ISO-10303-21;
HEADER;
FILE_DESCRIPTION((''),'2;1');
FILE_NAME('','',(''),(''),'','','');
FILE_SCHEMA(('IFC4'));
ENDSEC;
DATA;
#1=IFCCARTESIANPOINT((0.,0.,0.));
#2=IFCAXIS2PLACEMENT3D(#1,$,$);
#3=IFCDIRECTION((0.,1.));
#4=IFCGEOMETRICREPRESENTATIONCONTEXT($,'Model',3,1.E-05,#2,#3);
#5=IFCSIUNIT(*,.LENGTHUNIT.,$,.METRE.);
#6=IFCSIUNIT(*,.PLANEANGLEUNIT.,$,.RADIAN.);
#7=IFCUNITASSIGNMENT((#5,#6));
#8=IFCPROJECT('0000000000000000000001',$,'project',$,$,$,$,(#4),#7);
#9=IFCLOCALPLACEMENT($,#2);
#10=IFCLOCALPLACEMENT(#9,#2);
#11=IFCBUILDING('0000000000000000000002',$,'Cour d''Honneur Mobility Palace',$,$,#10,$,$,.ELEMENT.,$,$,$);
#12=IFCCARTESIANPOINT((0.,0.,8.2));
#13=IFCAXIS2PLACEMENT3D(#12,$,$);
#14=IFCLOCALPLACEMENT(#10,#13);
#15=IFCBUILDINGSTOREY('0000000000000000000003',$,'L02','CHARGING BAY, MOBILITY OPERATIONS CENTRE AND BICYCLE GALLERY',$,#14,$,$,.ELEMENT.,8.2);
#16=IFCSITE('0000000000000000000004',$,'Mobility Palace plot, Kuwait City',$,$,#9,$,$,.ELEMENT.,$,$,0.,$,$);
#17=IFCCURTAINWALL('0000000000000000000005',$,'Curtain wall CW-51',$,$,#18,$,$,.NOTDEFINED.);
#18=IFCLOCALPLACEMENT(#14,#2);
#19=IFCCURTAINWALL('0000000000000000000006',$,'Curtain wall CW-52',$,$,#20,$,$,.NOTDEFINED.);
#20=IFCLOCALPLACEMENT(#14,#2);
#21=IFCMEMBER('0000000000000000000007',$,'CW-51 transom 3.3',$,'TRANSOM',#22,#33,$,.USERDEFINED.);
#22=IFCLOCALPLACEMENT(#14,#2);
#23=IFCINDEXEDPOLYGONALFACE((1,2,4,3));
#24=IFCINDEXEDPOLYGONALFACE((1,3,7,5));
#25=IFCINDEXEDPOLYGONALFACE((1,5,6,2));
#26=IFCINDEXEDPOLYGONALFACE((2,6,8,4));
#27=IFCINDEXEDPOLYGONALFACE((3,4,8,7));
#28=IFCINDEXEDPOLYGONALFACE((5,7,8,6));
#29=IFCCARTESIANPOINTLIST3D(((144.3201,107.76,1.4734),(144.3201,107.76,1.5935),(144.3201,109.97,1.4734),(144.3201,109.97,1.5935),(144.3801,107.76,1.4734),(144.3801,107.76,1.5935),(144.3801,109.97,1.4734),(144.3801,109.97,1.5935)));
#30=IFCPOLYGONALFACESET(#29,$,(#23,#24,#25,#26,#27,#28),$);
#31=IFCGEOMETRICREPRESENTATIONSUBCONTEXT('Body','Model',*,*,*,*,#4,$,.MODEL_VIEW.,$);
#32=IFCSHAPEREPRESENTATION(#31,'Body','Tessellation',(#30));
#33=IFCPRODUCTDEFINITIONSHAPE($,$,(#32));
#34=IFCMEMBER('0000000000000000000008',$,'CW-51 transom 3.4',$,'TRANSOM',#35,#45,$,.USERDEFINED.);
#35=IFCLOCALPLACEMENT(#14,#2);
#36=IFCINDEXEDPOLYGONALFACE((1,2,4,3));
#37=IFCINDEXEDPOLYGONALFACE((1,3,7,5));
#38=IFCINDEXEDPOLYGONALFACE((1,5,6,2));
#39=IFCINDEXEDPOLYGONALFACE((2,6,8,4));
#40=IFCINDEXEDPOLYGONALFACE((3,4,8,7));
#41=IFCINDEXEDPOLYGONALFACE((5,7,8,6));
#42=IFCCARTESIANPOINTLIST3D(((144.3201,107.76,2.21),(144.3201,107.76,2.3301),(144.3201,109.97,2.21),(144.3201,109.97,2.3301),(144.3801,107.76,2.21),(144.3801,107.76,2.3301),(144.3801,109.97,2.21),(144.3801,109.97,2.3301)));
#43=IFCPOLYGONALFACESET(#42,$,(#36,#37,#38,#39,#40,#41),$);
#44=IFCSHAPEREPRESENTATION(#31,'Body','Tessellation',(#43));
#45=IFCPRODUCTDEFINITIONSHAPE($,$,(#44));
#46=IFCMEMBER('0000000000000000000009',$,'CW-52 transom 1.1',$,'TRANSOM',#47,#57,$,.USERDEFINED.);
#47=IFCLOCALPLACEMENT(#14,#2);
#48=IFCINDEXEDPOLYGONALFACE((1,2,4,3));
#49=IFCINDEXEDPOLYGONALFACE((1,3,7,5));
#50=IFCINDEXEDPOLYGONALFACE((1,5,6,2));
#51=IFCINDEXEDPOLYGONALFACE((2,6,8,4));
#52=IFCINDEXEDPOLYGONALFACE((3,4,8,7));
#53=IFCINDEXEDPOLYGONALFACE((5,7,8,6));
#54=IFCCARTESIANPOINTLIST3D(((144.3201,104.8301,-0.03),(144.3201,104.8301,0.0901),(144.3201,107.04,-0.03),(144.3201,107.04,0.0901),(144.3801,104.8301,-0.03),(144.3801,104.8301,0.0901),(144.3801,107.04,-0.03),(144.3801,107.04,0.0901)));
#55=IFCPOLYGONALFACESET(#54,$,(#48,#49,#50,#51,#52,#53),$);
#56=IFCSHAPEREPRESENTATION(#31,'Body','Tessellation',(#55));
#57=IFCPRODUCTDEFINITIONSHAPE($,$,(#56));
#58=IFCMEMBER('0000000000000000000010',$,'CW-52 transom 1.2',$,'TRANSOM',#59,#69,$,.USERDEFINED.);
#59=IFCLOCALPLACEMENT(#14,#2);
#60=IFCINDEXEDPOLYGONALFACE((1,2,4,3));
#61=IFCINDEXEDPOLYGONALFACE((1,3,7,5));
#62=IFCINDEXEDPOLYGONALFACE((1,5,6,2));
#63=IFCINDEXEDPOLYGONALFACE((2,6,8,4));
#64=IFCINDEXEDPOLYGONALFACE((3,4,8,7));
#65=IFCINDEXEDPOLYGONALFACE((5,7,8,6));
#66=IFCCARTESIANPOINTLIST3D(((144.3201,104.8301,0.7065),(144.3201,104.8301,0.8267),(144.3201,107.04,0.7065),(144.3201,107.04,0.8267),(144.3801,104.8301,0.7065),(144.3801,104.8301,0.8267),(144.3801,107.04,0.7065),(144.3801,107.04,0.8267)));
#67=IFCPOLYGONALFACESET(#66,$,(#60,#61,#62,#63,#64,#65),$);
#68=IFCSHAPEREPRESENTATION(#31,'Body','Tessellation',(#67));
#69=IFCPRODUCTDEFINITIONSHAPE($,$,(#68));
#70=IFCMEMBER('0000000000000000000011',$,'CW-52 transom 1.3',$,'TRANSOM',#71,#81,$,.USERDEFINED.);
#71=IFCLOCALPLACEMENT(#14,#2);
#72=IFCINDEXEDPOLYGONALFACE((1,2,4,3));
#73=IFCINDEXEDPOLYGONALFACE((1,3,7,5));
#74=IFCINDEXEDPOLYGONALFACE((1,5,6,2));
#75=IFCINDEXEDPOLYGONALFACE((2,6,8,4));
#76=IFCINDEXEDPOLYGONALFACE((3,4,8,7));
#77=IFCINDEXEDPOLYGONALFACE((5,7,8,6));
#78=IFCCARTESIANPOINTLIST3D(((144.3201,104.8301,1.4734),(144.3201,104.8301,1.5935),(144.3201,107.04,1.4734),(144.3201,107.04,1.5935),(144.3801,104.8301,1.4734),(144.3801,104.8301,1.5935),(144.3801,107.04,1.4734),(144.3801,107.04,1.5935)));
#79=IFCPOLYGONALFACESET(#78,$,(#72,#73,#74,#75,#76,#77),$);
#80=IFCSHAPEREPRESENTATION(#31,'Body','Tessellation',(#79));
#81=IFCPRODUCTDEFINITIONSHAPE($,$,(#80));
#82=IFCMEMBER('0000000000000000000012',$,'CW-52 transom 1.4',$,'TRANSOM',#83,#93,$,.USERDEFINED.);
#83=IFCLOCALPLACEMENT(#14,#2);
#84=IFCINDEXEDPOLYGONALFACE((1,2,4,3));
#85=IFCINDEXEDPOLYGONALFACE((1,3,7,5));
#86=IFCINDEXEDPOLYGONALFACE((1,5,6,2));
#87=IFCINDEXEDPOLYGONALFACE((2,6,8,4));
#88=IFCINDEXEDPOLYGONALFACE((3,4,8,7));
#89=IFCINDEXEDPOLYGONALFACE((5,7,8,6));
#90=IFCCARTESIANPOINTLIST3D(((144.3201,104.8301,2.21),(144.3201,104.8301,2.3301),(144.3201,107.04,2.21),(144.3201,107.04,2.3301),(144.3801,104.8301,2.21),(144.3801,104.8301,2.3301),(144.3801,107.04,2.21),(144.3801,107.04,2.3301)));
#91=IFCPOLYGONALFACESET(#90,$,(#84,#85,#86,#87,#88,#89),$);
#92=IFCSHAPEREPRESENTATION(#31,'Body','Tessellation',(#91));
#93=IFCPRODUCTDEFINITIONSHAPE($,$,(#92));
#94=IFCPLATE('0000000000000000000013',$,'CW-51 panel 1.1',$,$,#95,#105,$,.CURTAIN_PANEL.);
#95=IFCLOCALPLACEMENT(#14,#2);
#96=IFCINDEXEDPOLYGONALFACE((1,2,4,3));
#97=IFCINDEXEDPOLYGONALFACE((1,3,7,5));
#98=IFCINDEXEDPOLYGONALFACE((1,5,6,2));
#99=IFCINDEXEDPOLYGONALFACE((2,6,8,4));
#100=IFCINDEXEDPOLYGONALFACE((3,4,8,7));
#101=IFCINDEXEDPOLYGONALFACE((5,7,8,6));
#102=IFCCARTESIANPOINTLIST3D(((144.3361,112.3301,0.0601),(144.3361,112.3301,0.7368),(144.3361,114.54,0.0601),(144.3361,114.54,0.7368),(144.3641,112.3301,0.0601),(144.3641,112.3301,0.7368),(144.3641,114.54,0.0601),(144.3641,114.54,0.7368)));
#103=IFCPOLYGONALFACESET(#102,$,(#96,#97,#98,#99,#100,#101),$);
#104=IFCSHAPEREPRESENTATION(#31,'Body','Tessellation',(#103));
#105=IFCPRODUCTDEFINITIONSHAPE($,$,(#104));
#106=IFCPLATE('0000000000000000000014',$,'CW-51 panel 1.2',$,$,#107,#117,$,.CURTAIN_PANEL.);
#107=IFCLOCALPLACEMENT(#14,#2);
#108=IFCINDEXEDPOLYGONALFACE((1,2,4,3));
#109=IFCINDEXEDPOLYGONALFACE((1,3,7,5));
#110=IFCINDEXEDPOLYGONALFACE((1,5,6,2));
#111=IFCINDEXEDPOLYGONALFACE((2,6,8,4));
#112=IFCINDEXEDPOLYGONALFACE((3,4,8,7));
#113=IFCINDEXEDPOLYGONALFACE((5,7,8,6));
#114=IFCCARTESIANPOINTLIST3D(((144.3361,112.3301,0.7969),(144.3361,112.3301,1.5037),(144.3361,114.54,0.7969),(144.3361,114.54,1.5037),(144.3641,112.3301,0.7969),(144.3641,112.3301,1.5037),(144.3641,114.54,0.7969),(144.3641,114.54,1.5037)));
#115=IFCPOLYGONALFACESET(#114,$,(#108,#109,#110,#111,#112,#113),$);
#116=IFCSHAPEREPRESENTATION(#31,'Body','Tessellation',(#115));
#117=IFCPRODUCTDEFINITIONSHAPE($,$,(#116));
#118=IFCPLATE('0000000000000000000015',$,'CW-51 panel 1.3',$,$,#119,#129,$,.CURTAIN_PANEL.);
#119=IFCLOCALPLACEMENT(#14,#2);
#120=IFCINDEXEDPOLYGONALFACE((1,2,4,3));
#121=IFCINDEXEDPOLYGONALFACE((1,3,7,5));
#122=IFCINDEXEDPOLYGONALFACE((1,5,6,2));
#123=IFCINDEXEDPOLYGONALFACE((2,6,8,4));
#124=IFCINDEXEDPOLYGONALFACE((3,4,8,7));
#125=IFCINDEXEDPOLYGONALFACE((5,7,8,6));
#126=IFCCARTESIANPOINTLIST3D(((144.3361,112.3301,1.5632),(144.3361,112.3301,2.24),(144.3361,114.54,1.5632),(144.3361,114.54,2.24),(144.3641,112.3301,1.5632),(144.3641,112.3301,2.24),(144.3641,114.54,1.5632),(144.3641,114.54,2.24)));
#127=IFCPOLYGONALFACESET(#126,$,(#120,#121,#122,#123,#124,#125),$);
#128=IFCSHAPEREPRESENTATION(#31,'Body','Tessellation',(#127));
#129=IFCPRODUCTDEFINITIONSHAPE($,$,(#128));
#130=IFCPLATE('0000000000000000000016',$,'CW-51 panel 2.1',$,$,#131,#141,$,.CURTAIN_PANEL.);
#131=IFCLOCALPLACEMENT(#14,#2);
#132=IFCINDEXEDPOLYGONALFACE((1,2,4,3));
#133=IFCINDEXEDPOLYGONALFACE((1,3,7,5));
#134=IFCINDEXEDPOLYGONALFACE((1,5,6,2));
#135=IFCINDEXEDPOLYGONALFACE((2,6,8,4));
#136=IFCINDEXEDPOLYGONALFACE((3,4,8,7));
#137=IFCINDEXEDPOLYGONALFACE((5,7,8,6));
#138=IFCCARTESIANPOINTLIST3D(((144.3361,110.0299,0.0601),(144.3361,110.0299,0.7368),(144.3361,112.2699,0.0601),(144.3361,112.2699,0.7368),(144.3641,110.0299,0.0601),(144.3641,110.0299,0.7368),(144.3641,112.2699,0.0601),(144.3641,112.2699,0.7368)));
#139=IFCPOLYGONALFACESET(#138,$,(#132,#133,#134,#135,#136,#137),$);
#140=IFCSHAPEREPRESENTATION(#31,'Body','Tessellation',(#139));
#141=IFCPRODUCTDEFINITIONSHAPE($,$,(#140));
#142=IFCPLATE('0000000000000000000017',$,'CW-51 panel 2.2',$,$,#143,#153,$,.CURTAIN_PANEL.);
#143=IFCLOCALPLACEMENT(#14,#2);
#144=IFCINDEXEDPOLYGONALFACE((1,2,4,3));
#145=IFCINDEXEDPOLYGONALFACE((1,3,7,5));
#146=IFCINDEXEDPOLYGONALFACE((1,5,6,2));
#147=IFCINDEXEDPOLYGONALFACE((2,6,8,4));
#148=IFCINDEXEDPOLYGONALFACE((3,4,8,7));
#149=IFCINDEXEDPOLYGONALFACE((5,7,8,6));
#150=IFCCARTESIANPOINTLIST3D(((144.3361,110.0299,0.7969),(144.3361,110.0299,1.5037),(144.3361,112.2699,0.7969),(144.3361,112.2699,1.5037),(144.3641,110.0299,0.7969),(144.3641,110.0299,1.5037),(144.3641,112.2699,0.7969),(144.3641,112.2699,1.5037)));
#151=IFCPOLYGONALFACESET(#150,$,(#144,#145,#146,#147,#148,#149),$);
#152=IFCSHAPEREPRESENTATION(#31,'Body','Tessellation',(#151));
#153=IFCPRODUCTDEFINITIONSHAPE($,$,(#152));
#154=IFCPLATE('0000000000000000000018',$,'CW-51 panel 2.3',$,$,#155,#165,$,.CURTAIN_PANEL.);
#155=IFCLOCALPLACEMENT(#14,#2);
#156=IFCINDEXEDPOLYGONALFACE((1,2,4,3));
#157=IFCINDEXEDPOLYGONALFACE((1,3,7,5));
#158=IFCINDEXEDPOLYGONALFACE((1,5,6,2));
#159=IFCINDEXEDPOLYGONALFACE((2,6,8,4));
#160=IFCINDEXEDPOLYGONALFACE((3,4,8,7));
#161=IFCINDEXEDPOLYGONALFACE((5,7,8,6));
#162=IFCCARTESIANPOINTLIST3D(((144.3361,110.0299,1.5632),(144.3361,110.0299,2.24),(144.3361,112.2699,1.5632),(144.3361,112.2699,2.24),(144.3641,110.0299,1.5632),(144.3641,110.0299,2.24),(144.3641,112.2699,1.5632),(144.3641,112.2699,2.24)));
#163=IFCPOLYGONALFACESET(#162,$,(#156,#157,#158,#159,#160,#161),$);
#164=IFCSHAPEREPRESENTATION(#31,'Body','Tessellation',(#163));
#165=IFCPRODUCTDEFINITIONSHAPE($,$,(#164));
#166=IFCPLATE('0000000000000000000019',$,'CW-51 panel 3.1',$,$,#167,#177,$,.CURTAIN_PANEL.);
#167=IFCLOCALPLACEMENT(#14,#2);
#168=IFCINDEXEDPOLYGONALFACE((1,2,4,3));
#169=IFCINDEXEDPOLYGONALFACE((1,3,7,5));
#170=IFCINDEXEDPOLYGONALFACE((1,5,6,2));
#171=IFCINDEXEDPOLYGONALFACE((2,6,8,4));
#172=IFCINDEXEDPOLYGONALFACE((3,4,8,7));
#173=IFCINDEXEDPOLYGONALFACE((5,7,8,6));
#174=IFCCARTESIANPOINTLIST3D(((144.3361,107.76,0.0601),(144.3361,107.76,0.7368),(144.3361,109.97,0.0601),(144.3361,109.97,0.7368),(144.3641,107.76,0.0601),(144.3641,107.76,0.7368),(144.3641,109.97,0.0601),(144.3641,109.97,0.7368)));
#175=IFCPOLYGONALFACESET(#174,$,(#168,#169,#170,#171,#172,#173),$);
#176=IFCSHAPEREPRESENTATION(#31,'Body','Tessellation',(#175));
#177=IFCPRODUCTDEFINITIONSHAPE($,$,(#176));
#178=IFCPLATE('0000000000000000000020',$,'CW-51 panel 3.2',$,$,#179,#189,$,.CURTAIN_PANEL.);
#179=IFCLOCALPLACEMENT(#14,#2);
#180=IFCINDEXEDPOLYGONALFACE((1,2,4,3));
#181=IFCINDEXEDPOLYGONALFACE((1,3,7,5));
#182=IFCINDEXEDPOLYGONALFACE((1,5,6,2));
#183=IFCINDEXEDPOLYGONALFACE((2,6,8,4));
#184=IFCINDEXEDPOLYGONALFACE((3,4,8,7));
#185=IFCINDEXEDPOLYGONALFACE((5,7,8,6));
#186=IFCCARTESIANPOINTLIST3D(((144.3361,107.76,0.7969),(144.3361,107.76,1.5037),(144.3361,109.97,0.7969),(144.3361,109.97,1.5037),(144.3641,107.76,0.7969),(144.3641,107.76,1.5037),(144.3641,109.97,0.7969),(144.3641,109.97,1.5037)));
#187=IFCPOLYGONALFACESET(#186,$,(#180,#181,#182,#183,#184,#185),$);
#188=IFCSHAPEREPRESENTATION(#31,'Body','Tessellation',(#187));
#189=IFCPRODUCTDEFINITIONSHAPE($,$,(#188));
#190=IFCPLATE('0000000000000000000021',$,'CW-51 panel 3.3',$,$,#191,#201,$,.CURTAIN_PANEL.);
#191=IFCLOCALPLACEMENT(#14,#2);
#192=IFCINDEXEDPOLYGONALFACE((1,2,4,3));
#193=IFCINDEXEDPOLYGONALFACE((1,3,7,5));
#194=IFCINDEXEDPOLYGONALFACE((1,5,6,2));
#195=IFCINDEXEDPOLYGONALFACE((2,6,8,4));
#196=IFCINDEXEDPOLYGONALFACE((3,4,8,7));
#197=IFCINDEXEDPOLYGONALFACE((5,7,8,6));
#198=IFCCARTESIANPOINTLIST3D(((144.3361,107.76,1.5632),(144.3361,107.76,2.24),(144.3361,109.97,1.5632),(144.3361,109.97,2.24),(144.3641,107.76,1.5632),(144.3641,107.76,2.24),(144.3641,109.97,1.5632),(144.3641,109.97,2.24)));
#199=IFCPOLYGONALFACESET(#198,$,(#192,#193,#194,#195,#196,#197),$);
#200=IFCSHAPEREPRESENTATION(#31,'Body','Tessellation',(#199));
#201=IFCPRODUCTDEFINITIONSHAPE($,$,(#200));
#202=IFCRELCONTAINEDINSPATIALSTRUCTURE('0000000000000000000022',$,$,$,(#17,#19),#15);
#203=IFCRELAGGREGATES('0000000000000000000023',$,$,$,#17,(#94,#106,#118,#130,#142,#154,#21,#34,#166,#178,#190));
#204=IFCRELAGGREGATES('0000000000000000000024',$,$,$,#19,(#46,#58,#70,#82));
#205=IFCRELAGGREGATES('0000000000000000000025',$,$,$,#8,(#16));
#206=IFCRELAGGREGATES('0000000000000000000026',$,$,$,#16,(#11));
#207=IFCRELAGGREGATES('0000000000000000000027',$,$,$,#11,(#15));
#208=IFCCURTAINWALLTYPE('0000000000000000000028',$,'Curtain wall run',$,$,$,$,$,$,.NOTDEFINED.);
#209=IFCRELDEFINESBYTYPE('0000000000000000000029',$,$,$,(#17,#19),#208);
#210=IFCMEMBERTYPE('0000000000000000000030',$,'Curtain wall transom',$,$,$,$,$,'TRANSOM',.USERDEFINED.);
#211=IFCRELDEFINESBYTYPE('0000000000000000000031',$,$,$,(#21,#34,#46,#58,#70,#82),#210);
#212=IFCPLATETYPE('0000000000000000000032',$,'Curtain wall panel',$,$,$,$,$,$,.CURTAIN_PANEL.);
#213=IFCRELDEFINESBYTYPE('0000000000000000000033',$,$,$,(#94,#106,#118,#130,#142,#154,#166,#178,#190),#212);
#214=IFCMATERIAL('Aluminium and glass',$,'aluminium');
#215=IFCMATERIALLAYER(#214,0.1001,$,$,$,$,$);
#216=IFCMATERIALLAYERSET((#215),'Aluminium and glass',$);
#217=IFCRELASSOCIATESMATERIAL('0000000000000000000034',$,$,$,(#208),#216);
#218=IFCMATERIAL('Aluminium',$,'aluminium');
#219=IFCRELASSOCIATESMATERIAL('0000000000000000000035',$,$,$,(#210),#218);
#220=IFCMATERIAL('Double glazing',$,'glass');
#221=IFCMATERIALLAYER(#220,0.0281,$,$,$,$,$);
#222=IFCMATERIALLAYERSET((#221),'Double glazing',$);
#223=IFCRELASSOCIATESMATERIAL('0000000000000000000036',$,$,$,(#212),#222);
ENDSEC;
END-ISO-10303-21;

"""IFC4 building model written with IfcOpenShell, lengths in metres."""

from ifc_helpers import new_model, si_unit, direction, frame, origin, origin_2d, place, context, subcontext, project, spatial, rectangle, extrude, material, layer, layer_set, material_profile, profile_set, type_object, element, aggregate, save


model = new_model("IFC4")

# Units and contexts
model_context = context("Model", 3, precision=1e-05, world=origin(), true_north=direction((0.0, 1.0)))
body_context = subcontext(model_context, "Body", "Model", "MODEL_VIEW")
ifc_project = project(units=[si_unit("LENGTHUNIT", "METRE"), si_unit("PLANEANGLEUNIT", "RADIAN")], contexts=[model_context])

# Site, building, storey
site_placement = place(None, origin())
site = spatial("IfcSite", under=ifc_project, at=site_placement, Name="Mobility Palace plot, Kuwait City", CompositionType="ELEMENT", RefElevation=0.0)
building_placement = place(site_placement, origin())
building = spatial("IfcBuilding", under=site, at=building_placement, Name="Cour d'Honneur Mobility Palace", CompositionType="ELEMENT")
storey_placement = place(building_placement, frame((0.0, 0.0, 8.2)))
storey = spatial("IfcBuildingStorey", under=building, at=storey_placement, Name="L02", Description="CHARGING BAY, MOBILITY OPERATIONS CENTRE AND BICYCLE GALLERY", CompositionType="ELEMENT", Elevation=8.2)

# Curtain wall
ifc_material_1 = material(Name="Aluminium and glass", Category="aluminium")
ifc_layer_1 = layer(ifc_material_1, 0.1001)
ifc_layer_set_1 = layer_set([ifc_layer_1], Name="Aluminium and glass")
curtain_wall_type = type_object("IfcCurtainWallType", Name="Curtain wall run", PredefinedType="NOTDEFINED", material=ifc_layer_set_1)
curtain_wall_1_placement = place(storey_placement, origin())
curtain_wall_1 = element("IfcCurtainWall", 1, at=curtain_wall_1_placement, inside=storey, type_object=curtain_wall_type, Name="Curtain wall CW-51", PredefinedType="NOTDEFINED")

# Curtain wall
curtain_wall_2_placement = place(storey_placement, origin())
curtain_wall_2 = element("IfcCurtainWall", 2, at=curtain_wall_2_placement, inside=storey, type_object=curtain_wall_type, Name="Curtain wall CW-52", PredefinedType="NOTDEFINED")

# Members
ifc_material_2 = material(Name="Aluminium", Category="aluminium")
ifc_material_profile_1 = material_profile(ifc_material_2, rectangle(XDim=0.0601, YDim=0.1201, at=origin_2d()), Name="Curtain wall transom")
ifc_profile_set_1 = profile_set([ifc_material_profile_1], Name="Aluminium")
member_type_1 = type_object("IfcMemberType", Name="Curtain wall transom", ElementType="TRANSOM", PredefinedType="USERDEFINED", material=ifc_profile_set_1)
member_1_placement = place(storey_placement, frame((144.3501, 109.97, 1.5334), z_axis=(0.0, -1.0, 0.0), x_axis=(1.0, 0.0, 0.0)))
member_1 = element("IfcMember", 3, at=member_1_placement, type_object=member_type_1, Name="CW-51 transom 3.3", ObjectType="TRANSOM", PredefinedType="USERDEFINED", context=body_context, shape_type="SweptSolid", body=[
    extrude(rectangle(XDim=0.0601, YDim=0.1201, at=origin_2d()), origin(), (0.0, 0.0, 1.0), 2.21),
])
member_2_placement = place(storey_placement, frame((144.3501, 109.97, 2.27), z_axis=(0.0, -1.0, 0.0), x_axis=(1.0, 0.0, 0.0)))
member_2 = element("IfcMember", 4, at=member_2_placement, type_object=member_type_1, Name="CW-51 transom 3.4", ObjectType="TRANSOM", PredefinedType="USERDEFINED", context=body_context, shape_type="SweptSolid", body=[
    extrude(rectangle(XDim=0.0601, YDim=0.1201, at=origin_2d()), origin(), (0.0, 0.0, 1.0), 2.21),
])
member_3_placement = place(storey_placement, frame((144.3501, 107.04, 0.03), z_axis=(0.0, -1.0, 0.0), x_axis=(1.0, 0.0, 0.0)))
member_3 = element("IfcMember", 5, at=member_3_placement, type_object=member_type_1, Name="CW-52 transom 1.1", ObjectType="TRANSOM", PredefinedType="USERDEFINED", context=body_context, shape_type="SweptSolid", body=[
    extrude(rectangle(XDim=0.0601, YDim=0.1201, at=origin_2d()), origin(), (0.0, 0.0, 1.0), 2.21),
])
member_4_placement = place(storey_placement, frame((144.3501, 107.04, 0.7666), z_axis=(0.0, -1.0, 0.0), x_axis=(1.0, 0.0, 0.0)))
member_4 = element("IfcMember", 6, at=member_4_placement, type_object=member_type_1, Name="CW-52 transom 1.2", ObjectType="TRANSOM", PredefinedType="USERDEFINED", context=body_context, shape_type="SweptSolid", body=[
    extrude(rectangle(XDim=0.0601, YDim=0.1201, at=origin_2d()), origin(), (0.0, 0.0, 1.0), 2.21),
])
member_5_placement = place(storey_placement, frame((144.3501, 107.04, 1.5334), z_axis=(0.0, -1.0, 0.0), x_axis=(1.0, 0.0, 0.0)))
member_5 = element("IfcMember", 7, at=member_5_placement, type_object=member_type_1, Name="CW-52 transom 1.3", ObjectType="TRANSOM", PredefinedType="USERDEFINED", context=body_context, shape_type="SweptSolid", body=[
    extrude(rectangle(XDim=0.0601, YDim=0.1201, at=origin_2d()), origin(), (0.0, 0.0, 1.0), 2.21),
])
member_6_placement = place(storey_placement, frame((144.3501, 107.04, 2.27), z_axis=(0.0, -1.0, 0.0), x_axis=(1.0, 0.0, 0.0)))
member_6 = element("IfcMember", 8, at=member_6_placement, type_object=member_type_1, Name="CW-52 transom 1.4", ObjectType="TRANSOM", PredefinedType="USERDEFINED", context=body_context, shape_type="SweptSolid", body=[
    extrude(rectangle(XDim=0.0601, YDim=0.1201, at=origin_2d()), origin(), (0.0, 0.0, 1.0), 2.21),
])

# Plates
ifc_material_3 = material(Name="Double glazing", Category="glass")
ifc_layer_2 = layer(ifc_material_3, 0.0281)
ifc_layer_set_2 = layer_set([ifc_layer_2], Name="Double glazing")
plate_type = type_object("IfcPlateType", Name="Curtain wall panel", PredefinedType="CURTAIN_PANEL", material=ifc_layer_set_2)
plate_1_placement = place(storey_placement, frame((144.3501, 113.4351, 0.0601), z_axis=(0.0, 0.0, 1.0), x_axis=(0.0, -1.0, 0.0)))
plate_1 = element("IfcPlate", 9, at=plate_1_placement, type_object=plate_type, Name="CW-51 panel 1.1", PredefinedType="CURTAIN_PANEL", context=body_context, shape_type="SweptSolid", body=[
    extrude(rectangle(XDim=2.21, YDim=0.0281, at=origin_2d()), origin(), (0.0, 0.0, 1.0), 0.6768),
])
plate_2_placement = place(storey_placement, frame((144.3501, 113.4351, 0.7969), z_axis=(0.0, 0.0, 1.0), x_axis=(0.0, -1.0, 0.0)))
plate_2 = element("IfcPlate", 10, at=plate_2_placement, type_object=plate_type, Name="CW-51 panel 1.2", PredefinedType="CURTAIN_PANEL", context=body_context, shape_type="SweptSolid", body=[
    extrude(rectangle(XDim=2.21, YDim=0.0281, at=origin_2d()), origin(), (0.0, 0.0, 1.0), 0.7068),
])
plate_3_placement = place(storey_placement, frame((144.3501, 113.4351, 1.5632), z_axis=(0.0, 0.0, 1.0), x_axis=(0.0, -1.0, 0.0)))
plate_3 = element("IfcPlate", 11, at=plate_3_placement, type_object=plate_type, Name="CW-51 panel 1.3", PredefinedType="CURTAIN_PANEL", context=body_context, shape_type="SweptSolid", body=[
    extrude(rectangle(XDim=2.21, YDim=0.0281, at=origin_2d()), origin(), (0.0, 0.0, 1.0), 0.6768),
])
plate_4_placement = place(storey_placement, frame((144.3501, 111.1499, 0.0601), z_axis=(0.0, 0.0, 1.0), x_axis=(0.0, -1.0, 0.0)))
plate_4 = element("IfcPlate", 12, at=plate_4_placement, type_object=plate_type, Name="CW-51 panel 2.1", PredefinedType="CURTAIN_PANEL", context=body_context, shape_type="SweptSolid", body=[
    extrude(rectangle(XDim=2.24, YDim=0.0281, at=origin_2d()), origin(), (0.0, 0.0, 1.0), 0.6768),
])
plate_5_placement = place(storey_placement, frame((144.3501, 111.1499, 0.7969), z_axis=(0.0, 0.0, 1.0), x_axis=(0.0, -1.0, 0.0)))
plate_5 = element("IfcPlate", 13, at=plate_5_placement, type_object=plate_type, Name="CW-51 panel 2.2", PredefinedType="CURTAIN_PANEL", context=body_context, shape_type="SweptSolid", body=[
    extrude(rectangle(XDim=2.24, YDim=0.0281, at=origin_2d()), origin(), (0.0, 0.0, 1.0), 0.7068),
])
plate_6_placement = place(storey_placement, frame((144.3501, 111.1499, 1.5632), z_axis=(0.0, 0.0, 1.0), x_axis=(0.0, -1.0, 0.0)))
plate_6 = element("IfcPlate", 14, at=plate_6_placement, type_object=plate_type, Name="CW-51 panel 2.3", PredefinedType="CURTAIN_PANEL", context=body_context, shape_type="SweptSolid", body=[
    extrude(rectangle(XDim=2.24, YDim=0.0281, at=origin_2d()), origin(), (0.0, 0.0, 1.0), 0.6768),
])
plate_7_placement = place(storey_placement, frame((144.3501, 108.865, 0.0601), z_axis=(0.0, 0.0, 1.0), x_axis=(0.0, -1.0, 0.0)))
plate_7 = element("IfcPlate", 15, at=plate_7_placement, type_object=plate_type, Name="CW-51 panel 3.1", PredefinedType="CURTAIN_PANEL", context=body_context, shape_type="SweptSolid", body=[
    extrude(rectangle(XDim=2.21, YDim=0.0281, at=origin_2d()), origin(), (0.0, 0.0, 1.0), 0.6768),
])
plate_8_placement = place(storey_placement, frame((144.3501, 108.865, 0.7969), z_axis=(0.0, 0.0, 1.0), x_axis=(0.0, -1.0, 0.0)))
plate_8 = element("IfcPlate", 16, at=plate_8_placement, type_object=plate_type, Name="CW-51 panel 3.2", PredefinedType="CURTAIN_PANEL", context=body_context, shape_type="SweptSolid", body=[
    extrude(rectangle(XDim=2.21, YDim=0.0281, at=origin_2d()), origin(), (0.0, 0.0, 1.0), 0.7068),
])
plate_9_placement = place(storey_placement, frame((144.3501, 108.865, 1.5632), z_axis=(0.0, 0.0, 1.0), x_axis=(0.0, -1.0, 0.0)))
plate_9 = element("IfcPlate", 17, at=plate_9_placement, type_object=plate_type, Name="CW-51 panel 3.3", PredefinedType="CURTAIN_PANEL", context=body_context, shape_type="SweptSolid", body=[
    extrude(rectangle(XDim=2.21, YDim=0.0281, at=origin_2d()), origin(), (0.0, 0.0, 1.0), 0.6768),
])
aggregate(curtain_wall_1, [plate_1, plate_2, plate_3, plate_4, plate_5, plate_6, member_1, member_2, plate_7, plate_8, plate_9])
aggregate(curtain_wall_2, [member_3, member_4, member_5, member_6])

save(model, "model.ifc")
